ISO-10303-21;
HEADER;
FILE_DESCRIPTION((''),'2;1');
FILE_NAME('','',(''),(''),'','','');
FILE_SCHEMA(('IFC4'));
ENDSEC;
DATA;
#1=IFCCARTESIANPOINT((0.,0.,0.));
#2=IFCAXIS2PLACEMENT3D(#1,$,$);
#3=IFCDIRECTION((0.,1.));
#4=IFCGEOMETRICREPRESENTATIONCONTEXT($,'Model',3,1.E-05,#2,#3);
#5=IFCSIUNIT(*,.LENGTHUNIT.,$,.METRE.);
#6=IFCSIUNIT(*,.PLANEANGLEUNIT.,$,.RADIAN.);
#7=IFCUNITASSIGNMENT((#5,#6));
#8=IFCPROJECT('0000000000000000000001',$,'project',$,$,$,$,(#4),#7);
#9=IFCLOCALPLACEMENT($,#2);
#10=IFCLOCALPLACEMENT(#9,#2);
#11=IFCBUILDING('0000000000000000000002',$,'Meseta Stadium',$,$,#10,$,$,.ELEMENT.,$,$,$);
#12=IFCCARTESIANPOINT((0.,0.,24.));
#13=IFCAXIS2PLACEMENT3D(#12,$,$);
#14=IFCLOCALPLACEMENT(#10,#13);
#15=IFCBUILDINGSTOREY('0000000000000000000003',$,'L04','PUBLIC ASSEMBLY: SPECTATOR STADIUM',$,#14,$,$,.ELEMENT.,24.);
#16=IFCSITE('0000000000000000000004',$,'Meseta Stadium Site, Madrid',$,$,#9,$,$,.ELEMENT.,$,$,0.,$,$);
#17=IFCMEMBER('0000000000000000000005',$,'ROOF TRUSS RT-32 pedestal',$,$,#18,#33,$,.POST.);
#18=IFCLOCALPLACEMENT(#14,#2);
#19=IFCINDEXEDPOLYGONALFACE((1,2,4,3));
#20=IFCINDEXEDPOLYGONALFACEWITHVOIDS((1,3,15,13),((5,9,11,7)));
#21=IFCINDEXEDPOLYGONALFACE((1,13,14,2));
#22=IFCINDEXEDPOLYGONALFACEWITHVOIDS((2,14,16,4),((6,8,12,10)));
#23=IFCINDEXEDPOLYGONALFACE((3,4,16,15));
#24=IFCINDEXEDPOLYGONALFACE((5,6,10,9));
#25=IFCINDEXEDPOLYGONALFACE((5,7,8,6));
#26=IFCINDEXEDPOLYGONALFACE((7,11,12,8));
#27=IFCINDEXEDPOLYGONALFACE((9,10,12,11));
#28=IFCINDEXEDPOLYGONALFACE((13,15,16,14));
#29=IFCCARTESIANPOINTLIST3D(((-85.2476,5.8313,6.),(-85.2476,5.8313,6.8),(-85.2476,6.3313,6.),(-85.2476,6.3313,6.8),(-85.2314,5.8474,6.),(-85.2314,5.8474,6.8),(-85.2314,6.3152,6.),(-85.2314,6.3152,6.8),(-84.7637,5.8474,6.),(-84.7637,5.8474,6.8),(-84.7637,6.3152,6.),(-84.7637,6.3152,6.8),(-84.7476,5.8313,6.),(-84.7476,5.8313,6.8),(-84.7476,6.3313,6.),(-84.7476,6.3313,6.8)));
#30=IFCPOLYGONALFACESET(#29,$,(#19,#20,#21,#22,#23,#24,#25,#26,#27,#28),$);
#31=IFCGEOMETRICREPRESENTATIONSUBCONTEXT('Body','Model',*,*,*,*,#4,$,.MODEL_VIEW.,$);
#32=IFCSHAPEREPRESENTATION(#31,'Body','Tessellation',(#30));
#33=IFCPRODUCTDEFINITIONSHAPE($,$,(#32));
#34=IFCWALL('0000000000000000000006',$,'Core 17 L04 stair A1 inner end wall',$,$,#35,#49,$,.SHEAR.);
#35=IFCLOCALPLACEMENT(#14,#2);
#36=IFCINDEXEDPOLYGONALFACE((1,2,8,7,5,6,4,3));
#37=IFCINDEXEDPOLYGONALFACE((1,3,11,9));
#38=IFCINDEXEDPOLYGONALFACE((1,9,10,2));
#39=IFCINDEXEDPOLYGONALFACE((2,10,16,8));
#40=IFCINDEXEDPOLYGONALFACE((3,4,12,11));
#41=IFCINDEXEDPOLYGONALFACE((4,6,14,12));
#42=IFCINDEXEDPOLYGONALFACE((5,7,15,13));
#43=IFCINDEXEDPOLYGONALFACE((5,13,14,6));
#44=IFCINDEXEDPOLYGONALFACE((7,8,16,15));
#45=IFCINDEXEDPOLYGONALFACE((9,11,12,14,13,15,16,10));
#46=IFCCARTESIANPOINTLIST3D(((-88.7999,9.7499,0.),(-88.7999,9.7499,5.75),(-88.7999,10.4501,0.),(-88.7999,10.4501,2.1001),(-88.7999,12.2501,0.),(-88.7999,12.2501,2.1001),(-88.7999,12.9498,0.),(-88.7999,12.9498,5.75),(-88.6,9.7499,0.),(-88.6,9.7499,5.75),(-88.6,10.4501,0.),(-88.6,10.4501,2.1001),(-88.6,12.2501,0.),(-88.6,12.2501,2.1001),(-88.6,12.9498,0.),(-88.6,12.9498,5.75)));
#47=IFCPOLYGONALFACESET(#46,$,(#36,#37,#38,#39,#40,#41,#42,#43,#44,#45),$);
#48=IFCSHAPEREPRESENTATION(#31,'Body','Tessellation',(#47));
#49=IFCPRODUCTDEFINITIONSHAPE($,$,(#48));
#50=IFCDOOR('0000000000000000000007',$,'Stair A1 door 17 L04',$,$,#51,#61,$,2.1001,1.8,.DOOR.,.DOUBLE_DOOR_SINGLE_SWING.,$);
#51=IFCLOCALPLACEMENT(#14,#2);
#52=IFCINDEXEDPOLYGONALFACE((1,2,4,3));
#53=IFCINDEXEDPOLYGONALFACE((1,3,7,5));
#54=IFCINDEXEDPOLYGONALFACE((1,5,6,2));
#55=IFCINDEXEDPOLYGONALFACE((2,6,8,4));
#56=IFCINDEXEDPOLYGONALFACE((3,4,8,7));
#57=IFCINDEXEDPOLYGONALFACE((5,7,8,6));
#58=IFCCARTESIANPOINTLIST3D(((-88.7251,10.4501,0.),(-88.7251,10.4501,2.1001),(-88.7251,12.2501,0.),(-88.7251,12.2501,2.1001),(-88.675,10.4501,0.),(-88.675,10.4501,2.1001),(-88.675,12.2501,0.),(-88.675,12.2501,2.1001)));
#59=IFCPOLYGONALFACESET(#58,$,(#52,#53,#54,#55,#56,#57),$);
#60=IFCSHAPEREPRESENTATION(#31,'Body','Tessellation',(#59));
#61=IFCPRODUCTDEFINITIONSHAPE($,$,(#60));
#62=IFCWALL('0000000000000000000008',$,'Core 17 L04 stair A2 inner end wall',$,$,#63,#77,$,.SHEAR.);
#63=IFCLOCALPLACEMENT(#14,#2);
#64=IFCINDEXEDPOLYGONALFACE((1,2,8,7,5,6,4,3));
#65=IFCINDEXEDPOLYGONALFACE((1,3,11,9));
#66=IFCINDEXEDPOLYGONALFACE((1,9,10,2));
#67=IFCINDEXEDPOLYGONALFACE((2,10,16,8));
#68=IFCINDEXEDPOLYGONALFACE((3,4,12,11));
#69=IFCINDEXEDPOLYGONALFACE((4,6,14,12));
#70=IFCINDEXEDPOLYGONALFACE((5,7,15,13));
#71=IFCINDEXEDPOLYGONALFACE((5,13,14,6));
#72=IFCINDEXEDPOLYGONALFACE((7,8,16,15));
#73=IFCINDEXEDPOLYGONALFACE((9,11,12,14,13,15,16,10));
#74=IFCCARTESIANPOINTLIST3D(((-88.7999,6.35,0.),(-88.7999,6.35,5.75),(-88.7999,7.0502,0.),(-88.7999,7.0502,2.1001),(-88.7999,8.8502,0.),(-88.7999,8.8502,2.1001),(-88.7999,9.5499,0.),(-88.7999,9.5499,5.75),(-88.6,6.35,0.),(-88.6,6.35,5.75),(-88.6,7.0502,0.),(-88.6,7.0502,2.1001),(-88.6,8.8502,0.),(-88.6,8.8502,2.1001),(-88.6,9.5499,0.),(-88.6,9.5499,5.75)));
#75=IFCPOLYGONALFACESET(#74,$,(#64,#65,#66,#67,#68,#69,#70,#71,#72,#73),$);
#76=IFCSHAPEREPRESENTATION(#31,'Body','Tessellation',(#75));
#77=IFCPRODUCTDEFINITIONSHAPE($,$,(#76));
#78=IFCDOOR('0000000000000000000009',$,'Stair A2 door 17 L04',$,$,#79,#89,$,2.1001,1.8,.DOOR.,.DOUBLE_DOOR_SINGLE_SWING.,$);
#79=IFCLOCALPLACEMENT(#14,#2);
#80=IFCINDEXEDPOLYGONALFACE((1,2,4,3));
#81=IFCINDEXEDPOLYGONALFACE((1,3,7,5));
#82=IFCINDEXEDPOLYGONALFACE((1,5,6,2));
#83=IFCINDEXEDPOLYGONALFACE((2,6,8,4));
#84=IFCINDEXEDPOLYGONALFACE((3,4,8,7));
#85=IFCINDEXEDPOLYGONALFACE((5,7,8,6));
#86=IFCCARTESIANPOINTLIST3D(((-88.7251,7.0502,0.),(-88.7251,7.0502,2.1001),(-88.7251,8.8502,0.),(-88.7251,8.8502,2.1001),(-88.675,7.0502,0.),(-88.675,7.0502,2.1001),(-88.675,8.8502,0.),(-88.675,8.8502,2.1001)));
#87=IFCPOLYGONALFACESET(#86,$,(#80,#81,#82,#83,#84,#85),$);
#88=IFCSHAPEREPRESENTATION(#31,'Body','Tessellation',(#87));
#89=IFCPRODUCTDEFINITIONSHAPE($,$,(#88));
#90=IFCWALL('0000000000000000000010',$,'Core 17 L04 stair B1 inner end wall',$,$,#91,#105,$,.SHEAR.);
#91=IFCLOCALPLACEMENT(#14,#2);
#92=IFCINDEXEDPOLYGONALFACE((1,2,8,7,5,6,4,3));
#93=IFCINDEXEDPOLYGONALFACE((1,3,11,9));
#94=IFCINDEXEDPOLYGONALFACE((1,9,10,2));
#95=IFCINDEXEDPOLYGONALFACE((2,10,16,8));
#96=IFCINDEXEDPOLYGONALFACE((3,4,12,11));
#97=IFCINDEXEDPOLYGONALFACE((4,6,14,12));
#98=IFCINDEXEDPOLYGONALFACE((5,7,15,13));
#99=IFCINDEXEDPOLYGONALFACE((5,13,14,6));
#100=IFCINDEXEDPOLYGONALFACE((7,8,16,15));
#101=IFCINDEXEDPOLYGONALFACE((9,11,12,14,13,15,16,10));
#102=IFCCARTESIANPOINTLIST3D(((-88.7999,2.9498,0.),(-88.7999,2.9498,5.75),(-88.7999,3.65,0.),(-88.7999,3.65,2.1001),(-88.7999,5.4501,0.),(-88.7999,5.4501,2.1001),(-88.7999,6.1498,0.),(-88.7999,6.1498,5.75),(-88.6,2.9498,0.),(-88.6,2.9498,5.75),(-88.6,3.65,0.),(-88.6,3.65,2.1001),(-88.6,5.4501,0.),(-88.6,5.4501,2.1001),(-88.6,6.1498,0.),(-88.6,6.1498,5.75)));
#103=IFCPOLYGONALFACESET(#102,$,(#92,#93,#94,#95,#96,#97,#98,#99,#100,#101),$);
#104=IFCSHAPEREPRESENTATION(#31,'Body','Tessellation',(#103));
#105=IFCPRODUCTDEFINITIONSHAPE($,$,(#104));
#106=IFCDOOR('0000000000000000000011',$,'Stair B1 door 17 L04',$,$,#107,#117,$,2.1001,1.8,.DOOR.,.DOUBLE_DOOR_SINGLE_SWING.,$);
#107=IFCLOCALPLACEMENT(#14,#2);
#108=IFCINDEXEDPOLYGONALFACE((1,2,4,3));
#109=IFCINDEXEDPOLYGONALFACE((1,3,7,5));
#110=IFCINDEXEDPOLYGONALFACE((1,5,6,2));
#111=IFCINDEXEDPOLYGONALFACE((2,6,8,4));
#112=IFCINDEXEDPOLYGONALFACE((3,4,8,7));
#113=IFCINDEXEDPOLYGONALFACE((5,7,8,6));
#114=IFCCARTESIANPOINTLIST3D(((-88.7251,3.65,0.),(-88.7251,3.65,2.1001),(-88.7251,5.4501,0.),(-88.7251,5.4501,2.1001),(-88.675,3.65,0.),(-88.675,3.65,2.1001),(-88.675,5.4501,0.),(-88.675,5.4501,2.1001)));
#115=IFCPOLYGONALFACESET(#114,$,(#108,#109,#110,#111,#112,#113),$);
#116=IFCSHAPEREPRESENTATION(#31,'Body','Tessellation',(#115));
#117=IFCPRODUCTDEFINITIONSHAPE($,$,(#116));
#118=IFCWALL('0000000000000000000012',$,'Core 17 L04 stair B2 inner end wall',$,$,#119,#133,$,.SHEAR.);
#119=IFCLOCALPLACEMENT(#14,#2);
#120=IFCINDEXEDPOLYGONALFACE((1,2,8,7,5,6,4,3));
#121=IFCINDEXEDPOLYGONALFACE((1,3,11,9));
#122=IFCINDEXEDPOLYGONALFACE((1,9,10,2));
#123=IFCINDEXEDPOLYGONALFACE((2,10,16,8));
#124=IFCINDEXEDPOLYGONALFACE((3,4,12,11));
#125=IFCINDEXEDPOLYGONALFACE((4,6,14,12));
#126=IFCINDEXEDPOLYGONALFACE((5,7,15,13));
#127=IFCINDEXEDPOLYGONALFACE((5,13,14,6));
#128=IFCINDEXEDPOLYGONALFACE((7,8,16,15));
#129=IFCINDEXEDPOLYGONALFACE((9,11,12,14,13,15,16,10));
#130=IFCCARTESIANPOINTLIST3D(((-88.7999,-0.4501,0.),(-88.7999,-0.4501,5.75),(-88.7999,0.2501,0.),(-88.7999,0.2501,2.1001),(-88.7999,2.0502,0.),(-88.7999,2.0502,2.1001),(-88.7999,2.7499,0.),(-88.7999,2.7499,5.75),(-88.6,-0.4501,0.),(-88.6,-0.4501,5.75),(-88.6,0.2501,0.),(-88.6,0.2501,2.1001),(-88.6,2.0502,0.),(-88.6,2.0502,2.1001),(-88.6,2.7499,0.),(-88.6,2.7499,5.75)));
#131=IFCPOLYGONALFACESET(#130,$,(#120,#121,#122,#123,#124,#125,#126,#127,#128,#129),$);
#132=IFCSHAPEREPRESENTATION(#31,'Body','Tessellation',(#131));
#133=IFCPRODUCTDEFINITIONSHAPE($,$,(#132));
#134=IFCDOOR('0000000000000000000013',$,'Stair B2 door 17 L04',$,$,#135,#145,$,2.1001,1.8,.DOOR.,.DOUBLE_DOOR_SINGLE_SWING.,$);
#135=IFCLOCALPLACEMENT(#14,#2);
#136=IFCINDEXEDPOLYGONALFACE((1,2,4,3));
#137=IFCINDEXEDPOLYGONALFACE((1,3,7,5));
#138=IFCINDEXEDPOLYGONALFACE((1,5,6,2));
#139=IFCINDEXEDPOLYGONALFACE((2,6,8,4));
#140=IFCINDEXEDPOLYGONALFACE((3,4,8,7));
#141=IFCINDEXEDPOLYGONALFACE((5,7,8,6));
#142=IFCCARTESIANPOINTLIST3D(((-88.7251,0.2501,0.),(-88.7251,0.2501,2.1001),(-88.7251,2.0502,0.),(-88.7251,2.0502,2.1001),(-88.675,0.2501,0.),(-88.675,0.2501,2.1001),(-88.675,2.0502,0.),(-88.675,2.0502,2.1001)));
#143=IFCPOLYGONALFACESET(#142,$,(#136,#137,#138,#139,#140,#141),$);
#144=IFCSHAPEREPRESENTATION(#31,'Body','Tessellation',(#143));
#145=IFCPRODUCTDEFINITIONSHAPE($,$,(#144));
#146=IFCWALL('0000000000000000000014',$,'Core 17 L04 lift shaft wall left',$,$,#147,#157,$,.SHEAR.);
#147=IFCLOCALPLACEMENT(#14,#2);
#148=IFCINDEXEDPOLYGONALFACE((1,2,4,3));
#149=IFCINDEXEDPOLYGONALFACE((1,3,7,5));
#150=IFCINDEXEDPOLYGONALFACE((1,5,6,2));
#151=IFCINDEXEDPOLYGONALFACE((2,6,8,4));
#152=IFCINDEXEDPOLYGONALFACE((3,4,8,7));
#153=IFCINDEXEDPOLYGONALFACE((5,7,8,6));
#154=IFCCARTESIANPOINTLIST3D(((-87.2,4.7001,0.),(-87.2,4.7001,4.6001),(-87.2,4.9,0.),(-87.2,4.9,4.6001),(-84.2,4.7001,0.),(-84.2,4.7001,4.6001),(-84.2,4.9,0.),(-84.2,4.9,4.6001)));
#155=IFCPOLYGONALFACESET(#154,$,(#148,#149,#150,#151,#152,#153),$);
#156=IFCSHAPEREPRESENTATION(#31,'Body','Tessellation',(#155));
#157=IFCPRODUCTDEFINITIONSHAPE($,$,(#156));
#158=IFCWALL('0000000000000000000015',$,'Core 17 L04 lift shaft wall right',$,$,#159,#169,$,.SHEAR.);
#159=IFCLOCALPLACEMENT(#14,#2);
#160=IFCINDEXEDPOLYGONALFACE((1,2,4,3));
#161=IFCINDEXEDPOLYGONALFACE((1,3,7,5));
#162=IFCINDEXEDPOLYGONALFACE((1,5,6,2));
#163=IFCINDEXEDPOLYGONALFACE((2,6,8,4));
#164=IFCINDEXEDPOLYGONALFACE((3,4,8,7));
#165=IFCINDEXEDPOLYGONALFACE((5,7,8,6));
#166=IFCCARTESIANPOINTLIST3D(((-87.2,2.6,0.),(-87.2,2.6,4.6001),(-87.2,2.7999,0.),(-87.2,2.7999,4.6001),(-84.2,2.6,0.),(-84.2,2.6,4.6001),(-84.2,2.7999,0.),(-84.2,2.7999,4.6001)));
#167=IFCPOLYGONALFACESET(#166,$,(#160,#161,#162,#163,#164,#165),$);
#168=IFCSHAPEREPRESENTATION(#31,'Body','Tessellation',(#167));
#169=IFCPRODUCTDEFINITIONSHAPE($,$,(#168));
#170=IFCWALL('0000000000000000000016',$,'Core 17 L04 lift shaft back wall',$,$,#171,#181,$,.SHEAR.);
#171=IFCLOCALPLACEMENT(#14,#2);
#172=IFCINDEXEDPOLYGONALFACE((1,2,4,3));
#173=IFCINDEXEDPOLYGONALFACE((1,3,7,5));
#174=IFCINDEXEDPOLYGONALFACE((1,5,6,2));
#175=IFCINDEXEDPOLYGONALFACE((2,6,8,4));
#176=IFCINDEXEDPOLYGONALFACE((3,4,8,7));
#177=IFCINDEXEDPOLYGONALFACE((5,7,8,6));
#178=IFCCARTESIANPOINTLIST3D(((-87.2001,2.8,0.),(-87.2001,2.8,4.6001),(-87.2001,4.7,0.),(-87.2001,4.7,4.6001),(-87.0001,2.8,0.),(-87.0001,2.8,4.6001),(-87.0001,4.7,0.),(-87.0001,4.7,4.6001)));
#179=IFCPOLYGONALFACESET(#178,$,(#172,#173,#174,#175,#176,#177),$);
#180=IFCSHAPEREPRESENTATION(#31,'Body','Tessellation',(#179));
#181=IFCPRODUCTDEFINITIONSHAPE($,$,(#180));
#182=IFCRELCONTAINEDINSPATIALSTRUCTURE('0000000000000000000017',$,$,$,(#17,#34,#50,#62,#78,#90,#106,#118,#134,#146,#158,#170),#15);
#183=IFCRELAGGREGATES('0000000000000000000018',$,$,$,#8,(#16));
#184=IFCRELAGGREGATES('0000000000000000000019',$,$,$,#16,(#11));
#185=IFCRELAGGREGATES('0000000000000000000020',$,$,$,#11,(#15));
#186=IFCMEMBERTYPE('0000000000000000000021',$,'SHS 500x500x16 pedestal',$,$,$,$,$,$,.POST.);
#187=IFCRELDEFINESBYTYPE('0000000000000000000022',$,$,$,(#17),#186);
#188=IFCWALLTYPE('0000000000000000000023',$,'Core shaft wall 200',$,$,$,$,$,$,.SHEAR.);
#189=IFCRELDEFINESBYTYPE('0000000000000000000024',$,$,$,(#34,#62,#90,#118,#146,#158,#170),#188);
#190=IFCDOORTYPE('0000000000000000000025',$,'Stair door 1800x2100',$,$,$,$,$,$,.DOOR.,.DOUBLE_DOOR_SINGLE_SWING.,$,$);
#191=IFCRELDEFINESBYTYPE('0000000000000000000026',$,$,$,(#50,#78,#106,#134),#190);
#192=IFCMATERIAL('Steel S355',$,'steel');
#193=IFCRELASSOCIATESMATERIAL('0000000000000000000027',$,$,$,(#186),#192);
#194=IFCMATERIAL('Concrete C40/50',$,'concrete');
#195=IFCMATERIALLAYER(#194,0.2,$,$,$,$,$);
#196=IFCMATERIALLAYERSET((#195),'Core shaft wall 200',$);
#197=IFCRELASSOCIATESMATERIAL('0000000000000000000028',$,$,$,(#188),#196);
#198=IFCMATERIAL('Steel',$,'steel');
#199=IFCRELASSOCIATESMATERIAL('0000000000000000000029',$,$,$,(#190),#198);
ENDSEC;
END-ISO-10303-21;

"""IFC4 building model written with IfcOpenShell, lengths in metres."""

from ifc_helpers import new_model, si_unit, direction, frame, frame_2d, origin, origin_2d, place, context, subcontext, project, spatial, rectangle, hollow_rectangle, extrude, material, layer, layer_set, material_profile, profile_set, type_object, element, fill, save


model = new_model("IFC4")

# Units and contexts
model_context = context("Model", 3, precision=1e-05, world=origin(), true_north=direction((0.0, 1.0)))
body_context = subcontext(model_context, "Body", "Model", "MODEL_VIEW")
ifc_project = project(units=[si_unit("LENGTHUNIT", "METRE"), si_unit("PLANEANGLEUNIT", "RADIAN")], contexts=[model_context])

# Site, building, storey
site_placement = place(None, origin())
site = spatial("IfcSite", under=ifc_project, at=site_placement, Name="Meseta Stadium Site, Madrid", CompositionType="ELEMENT", RefElevation=0.0)
building_placement = place(site_placement, origin())
building = spatial("IfcBuilding", under=site, at=building_placement, Name="Meseta Stadium", CompositionType="ELEMENT")
storey_placement = place(building_placement, frame((0.0, 0.0, 24.0)))
storey = spatial("IfcBuildingStorey", under=building, at=storey_placement, Name="L04", Description="PUBLIC ASSEMBLY: SPECTATOR STADIUM", CompositionType="ELEMENT", Elevation=24.0)

# Member
ifc_material_1 = material(Name="Steel S355", Category="steel")
ifc_material_profile_1 = material_profile(ifc_material_1, hollow_rectangle(XDim=0.5, YDim=0.5, WallThickness=0.0161, at=origin_2d()), Name="SHS 500x500x16")
ifc_profile_set_1 = profile_set([ifc_material_profile_1], Name="Steel S355")
member_type_1 = type_object("IfcMemberType", Name="SHS 500x500x16 pedestal", PredefinedType="POST", material=ifc_profile_set_1)
member_1_placement = place(storey_placement, frame((-84.9976, 6.0813, 6.0), z_axis=(0.0, 0.0, 1.0), x_axis=(1.0, 0.0, 0.0)))
element("IfcMember", 1, at=member_1_placement, inside=storey, type_object=member_type_1, Name="ROOF TRUSS RT-32 pedestal", PredefinedType="POST", context=body_context, shape_type="SweptSolid", body=[
    extrude(hollow_rectangle(XDim=0.5, YDim=0.5, WallThickness=0.0161, at=origin_2d()), origin(), (0.0, 0.0, 1.0), 0.8),
])

# Walls, openings, doors
ifc_material_2 = material(Name="Concrete C40/50", Category="concrete")
ifc_layer_1 = layer(ifc_material_2, 0.2)
ifc_layer_set_1 = layer_set([ifc_layer_1], Name="Core shaft wall 200")
wall_type_1 = type_object("IfcWallType", Name="Core shaft wall 200", PredefinedType="SHEAR", material=ifc_layer_set_1)
wall_1_placement = place(storey_placement, frame((-88.7, 12.95, 0.0), z_axis=(0.0, 0.0, 1.0), x_axis=(0.0, -1.0, 0.0)))
wall_1 = element("IfcWall", 2, at=wall_1_placement, inside=storey, type_object=wall_type_1, Name="Core 17 L04 stair A1 inner end wall", PredefinedType="SHEAR", context=body_context, shape_type="SweptSolid", body=[
    extrude(rectangle(XDim=3.2, YDim=0.2, at=frame_2d((1.6001, 0.0))), origin(), (0.0, 0.0, 1.0), 5.75),
])
opening_1_placement = place(wall_1_placement, frame((0.7, 0.0, 0.0)))
opening_1 = element("IfcOpeningElement", 3, at=opening_1_placement, cuts=wall_1, PredefinedType="OPENING", context=body_context, shape_type="SweptSolid", body=[
    extrude(rectangle(XDim=1.8, YDim=2.1001, at=frame_2d((0.8999, 1.05))), frame((0.0, 0.1099, 0.0), z_axis=(0.0, -1.0, 0.0), x_axis=(1.0, 0.0, 0.0)), (0.0, 0.0, 1.0), 0.22),
])
ifc_material_3 = material(Name="Steel", Category="steel")
door_type_1 = type_object("IfcDoorType", Name="Stair door 1800x2100", OperationType="DOUBLE_DOOR_SINGLE_SWING", PredefinedType="DOOR", material=ifc_material_3)
door_1_placement = place(opening_1_placement, origin())
door_1 = element("IfcDoor", 4, at=door_1_placement, inside=storey, type_object=door_type_1, Name="Stair A1 door 17 L04", OperationType="DOUBLE_DOOR_SINGLE_SWING", OverallHeight=2.1001, OverallWidth=1.8, PredefinedType="DOOR", context=body_context, shape_type="SweptSolid", body=[
    extrude(rectangle(XDim=1.8, YDim=2.1001, at=frame_2d((0.8999, 1.05))), frame((0.0, 0.0249, 0.0), z_axis=(0.0, -1.0, 0.0), x_axis=(1.0, 0.0, 0.0)), (0.0, 0.0, 1.0), 0.05),
])
fill(opening_1, door_1)
wall_2_placement = place(storey_placement, frame((-88.7, 9.55, 0.0), z_axis=(0.0, 0.0, 1.0), x_axis=(0.0, -1.0, 0.0)))
wall_2 = element("IfcWall", 5, at=wall_2_placement, inside=storey, type_object=wall_type_1, Name="Core 17 L04 stair A2 inner end wall", PredefinedType="SHEAR", context=body_context, shape_type="SweptSolid", body=[
    extrude(rectangle(XDim=3.2, YDim=0.2, at=frame_2d((1.6001, 0.0))), origin(), (0.0, 0.0, 1.0), 5.75),
])
opening_2_placement = place(wall_2_placement, frame((0.7, 0.0, 0.0)))
opening_2 = element("IfcOpeningElement", 6, at=opening_2_placement, cuts=wall_2, PredefinedType="OPENING", context=body_context, shape_type="SweptSolid", body=[
    extrude(rectangle(XDim=1.8, YDim=2.1001, at=frame_2d((0.8999, 1.05))), frame((0.0, 0.1099, 0.0), z_axis=(0.0, -1.0, 0.0), x_axis=(1.0, 0.0, 0.0)), (0.0, 0.0, 1.0), 0.22),
])
door_2_placement = place(opening_2_placement, origin())
door_2 = element("IfcDoor", 7, at=door_2_placement, inside=storey, type_object=door_type_1, Name="Stair A2 door 17 L04", OperationType="DOUBLE_DOOR_SINGLE_SWING", OverallHeight=2.1001, OverallWidth=1.8, PredefinedType="DOOR", context=body_context, shape_type="SweptSolid", body=[
    extrude(rectangle(XDim=1.8, YDim=2.1001, at=frame_2d((0.8999, 1.05))), frame((0.0, 0.0249, 0.0), z_axis=(0.0, -1.0, 0.0), x_axis=(1.0, 0.0, 0.0)), (0.0, 0.0, 1.0), 0.05),
])
fill(opening_2, door_2)
wall_3_placement = place(storey_placement, frame((-88.7, 6.1499, 0.0), z_axis=(0.0, 0.0, 1.0), x_axis=(0.0, -1.0, 0.0)))
wall_3 = element("IfcWall", 8, at=wall_3_placement, inside=storey, type_object=wall_type_1, Name="Core 17 L04 stair B1 inner end wall", PredefinedType="SHEAR", context=body_context, shape_type="SweptSolid", body=[
    extrude(rectangle(XDim=3.2, YDim=0.2, at=frame_2d((1.6001, 0.0))), origin(), (0.0, 0.0, 1.0), 5.75),
])
opening_3_placement = place(wall_3_placement, frame((0.7, 0.0, 0.0)))
opening_3 = element("IfcOpeningElement", 9, at=opening_3_placement, cuts=wall_3, PredefinedType="OPENING", context=body_context, shape_type="SweptSolid", body=[
    extrude(rectangle(XDim=1.8, YDim=2.1001, at=frame_2d((0.8999, 1.05))), frame((0.0, 0.1099, 0.0), z_axis=(0.0, -1.0, 0.0), x_axis=(1.0, 0.0, 0.0)), (0.0, 0.0, 1.0), 0.22),
])
door_3_placement = place(opening_3_placement, origin())
door_3 = element("IfcDoor", 10, at=door_3_placement, inside=storey, type_object=door_type_1, Name="Stair B1 door 17 L04", OperationType="DOUBLE_DOOR_SINGLE_SWING", OverallHeight=2.1001, OverallWidth=1.8, PredefinedType="DOOR", context=body_context, shape_type="SweptSolid", body=[
    extrude(rectangle(XDim=1.8, YDim=2.1001, at=frame_2d((0.8999, 1.05))), frame((0.0, 0.0249, 0.0), z_axis=(0.0, -1.0, 0.0), x_axis=(1.0, 0.0, 0.0)), (0.0, 0.0, 1.0), 0.05),
])
fill(opening_3, door_3)
wall_4_placement = place(storey_placement, frame((-88.7, 2.75, 0.0), z_axis=(0.0, 0.0, 1.0), x_axis=(0.0, -1.0, 0.0)))
wall_4 = element("IfcWall", 11, at=wall_4_placement, inside=storey, type_object=wall_type_1, Name="Core 17 L04 stair B2 inner end wall", PredefinedType="SHEAR", context=body_context, shape_type="SweptSolid", body=[
    extrude(rectangle(XDim=3.2, YDim=0.2, at=frame_2d((1.6001, 0.0))), origin(), (0.0, 0.0, 1.0), 5.75),
])
opening_4_placement = place(wall_4_placement, frame((0.7, 0.0, 0.0)))
opening_4 = element("IfcOpeningElement", 12, at=opening_4_placement, cuts=wall_4, PredefinedType="OPENING", context=body_context, shape_type="SweptSolid", body=[
    extrude(rectangle(XDim=1.8, YDim=2.1001, at=frame_2d((0.8999, 1.05))), frame((0.0, 0.1099, 0.0), z_axis=(0.0, -1.0, 0.0), x_axis=(1.0, 0.0, 0.0)), (0.0, 0.0, 1.0), 0.22),
])
door_4_placement = place(opening_4_placement, origin())
door_4 = element("IfcDoor", 13, at=door_4_placement, inside=storey, type_object=door_type_1, Name="Stair B2 door 17 L04", OperationType="DOUBLE_DOOR_SINGLE_SWING", OverallHeight=2.1001, OverallWidth=1.8, PredefinedType="DOOR", context=body_context, shape_type="SweptSolid", body=[
    extrude(rectangle(XDim=1.8, YDim=2.1001, at=frame_2d((0.8999, 1.05))), frame((0.0, 0.0249, 0.0), z_axis=(0.0, -1.0, 0.0), x_axis=(1.0, 0.0, 0.0)), (0.0, 0.0, 1.0), 0.05),
])
fill(opening_4, door_4)

# Walls
for number, where, z_axis, x_axis, name in (
    (14, (-87.2, 4.8, 0.0), (0.0, 0.0, 1.0), (1.0, 0.0, 0.0), "Core 17 L04 lift shaft wall left"),
    (15, (-87.2, 2.7, 0.0), (0.0, 0.0, 1.0), (1.0, 0.0, 0.0), "Core 17 L04 lift shaft wall right"),
):
    element("IfcWall", number, at=place(storey_placement, frame(where, z_axis=z_axis, x_axis=x_axis)), inside=storey, type_object=wall_type_1, Name=name, PredefinedType="SHEAR", context=body_context, shape_type="SweptSolid", body=[
        extrude(rectangle(XDim=3.0, YDim=0.2, at=frame_2d((1.5, 0.0))), origin(), (0.0, 0.0, 1.0), 4.6001),
    ])
wall_5_placement = place(storey_placement, frame((-87.1001, 4.7, 0.0), z_axis=(0.0, 0.0, 1.0), x_axis=(0.0, -1.0, 0.0)))
element("IfcWall", 16, at=wall_5_placement, inside=storey, type_object=wall_type_1, Name="Core 17 L04 lift shaft back wall", PredefinedType="SHEAR", context=body_context, shape_type="SweptSolid", body=[
    extrude(rectangle(XDim=1.8999, YDim=0.2, at=frame_2d((0.95, 0.0))), origin(), (0.0, 0.0, 1.0), 4.6001),
])

save(model, "model.ifc")
